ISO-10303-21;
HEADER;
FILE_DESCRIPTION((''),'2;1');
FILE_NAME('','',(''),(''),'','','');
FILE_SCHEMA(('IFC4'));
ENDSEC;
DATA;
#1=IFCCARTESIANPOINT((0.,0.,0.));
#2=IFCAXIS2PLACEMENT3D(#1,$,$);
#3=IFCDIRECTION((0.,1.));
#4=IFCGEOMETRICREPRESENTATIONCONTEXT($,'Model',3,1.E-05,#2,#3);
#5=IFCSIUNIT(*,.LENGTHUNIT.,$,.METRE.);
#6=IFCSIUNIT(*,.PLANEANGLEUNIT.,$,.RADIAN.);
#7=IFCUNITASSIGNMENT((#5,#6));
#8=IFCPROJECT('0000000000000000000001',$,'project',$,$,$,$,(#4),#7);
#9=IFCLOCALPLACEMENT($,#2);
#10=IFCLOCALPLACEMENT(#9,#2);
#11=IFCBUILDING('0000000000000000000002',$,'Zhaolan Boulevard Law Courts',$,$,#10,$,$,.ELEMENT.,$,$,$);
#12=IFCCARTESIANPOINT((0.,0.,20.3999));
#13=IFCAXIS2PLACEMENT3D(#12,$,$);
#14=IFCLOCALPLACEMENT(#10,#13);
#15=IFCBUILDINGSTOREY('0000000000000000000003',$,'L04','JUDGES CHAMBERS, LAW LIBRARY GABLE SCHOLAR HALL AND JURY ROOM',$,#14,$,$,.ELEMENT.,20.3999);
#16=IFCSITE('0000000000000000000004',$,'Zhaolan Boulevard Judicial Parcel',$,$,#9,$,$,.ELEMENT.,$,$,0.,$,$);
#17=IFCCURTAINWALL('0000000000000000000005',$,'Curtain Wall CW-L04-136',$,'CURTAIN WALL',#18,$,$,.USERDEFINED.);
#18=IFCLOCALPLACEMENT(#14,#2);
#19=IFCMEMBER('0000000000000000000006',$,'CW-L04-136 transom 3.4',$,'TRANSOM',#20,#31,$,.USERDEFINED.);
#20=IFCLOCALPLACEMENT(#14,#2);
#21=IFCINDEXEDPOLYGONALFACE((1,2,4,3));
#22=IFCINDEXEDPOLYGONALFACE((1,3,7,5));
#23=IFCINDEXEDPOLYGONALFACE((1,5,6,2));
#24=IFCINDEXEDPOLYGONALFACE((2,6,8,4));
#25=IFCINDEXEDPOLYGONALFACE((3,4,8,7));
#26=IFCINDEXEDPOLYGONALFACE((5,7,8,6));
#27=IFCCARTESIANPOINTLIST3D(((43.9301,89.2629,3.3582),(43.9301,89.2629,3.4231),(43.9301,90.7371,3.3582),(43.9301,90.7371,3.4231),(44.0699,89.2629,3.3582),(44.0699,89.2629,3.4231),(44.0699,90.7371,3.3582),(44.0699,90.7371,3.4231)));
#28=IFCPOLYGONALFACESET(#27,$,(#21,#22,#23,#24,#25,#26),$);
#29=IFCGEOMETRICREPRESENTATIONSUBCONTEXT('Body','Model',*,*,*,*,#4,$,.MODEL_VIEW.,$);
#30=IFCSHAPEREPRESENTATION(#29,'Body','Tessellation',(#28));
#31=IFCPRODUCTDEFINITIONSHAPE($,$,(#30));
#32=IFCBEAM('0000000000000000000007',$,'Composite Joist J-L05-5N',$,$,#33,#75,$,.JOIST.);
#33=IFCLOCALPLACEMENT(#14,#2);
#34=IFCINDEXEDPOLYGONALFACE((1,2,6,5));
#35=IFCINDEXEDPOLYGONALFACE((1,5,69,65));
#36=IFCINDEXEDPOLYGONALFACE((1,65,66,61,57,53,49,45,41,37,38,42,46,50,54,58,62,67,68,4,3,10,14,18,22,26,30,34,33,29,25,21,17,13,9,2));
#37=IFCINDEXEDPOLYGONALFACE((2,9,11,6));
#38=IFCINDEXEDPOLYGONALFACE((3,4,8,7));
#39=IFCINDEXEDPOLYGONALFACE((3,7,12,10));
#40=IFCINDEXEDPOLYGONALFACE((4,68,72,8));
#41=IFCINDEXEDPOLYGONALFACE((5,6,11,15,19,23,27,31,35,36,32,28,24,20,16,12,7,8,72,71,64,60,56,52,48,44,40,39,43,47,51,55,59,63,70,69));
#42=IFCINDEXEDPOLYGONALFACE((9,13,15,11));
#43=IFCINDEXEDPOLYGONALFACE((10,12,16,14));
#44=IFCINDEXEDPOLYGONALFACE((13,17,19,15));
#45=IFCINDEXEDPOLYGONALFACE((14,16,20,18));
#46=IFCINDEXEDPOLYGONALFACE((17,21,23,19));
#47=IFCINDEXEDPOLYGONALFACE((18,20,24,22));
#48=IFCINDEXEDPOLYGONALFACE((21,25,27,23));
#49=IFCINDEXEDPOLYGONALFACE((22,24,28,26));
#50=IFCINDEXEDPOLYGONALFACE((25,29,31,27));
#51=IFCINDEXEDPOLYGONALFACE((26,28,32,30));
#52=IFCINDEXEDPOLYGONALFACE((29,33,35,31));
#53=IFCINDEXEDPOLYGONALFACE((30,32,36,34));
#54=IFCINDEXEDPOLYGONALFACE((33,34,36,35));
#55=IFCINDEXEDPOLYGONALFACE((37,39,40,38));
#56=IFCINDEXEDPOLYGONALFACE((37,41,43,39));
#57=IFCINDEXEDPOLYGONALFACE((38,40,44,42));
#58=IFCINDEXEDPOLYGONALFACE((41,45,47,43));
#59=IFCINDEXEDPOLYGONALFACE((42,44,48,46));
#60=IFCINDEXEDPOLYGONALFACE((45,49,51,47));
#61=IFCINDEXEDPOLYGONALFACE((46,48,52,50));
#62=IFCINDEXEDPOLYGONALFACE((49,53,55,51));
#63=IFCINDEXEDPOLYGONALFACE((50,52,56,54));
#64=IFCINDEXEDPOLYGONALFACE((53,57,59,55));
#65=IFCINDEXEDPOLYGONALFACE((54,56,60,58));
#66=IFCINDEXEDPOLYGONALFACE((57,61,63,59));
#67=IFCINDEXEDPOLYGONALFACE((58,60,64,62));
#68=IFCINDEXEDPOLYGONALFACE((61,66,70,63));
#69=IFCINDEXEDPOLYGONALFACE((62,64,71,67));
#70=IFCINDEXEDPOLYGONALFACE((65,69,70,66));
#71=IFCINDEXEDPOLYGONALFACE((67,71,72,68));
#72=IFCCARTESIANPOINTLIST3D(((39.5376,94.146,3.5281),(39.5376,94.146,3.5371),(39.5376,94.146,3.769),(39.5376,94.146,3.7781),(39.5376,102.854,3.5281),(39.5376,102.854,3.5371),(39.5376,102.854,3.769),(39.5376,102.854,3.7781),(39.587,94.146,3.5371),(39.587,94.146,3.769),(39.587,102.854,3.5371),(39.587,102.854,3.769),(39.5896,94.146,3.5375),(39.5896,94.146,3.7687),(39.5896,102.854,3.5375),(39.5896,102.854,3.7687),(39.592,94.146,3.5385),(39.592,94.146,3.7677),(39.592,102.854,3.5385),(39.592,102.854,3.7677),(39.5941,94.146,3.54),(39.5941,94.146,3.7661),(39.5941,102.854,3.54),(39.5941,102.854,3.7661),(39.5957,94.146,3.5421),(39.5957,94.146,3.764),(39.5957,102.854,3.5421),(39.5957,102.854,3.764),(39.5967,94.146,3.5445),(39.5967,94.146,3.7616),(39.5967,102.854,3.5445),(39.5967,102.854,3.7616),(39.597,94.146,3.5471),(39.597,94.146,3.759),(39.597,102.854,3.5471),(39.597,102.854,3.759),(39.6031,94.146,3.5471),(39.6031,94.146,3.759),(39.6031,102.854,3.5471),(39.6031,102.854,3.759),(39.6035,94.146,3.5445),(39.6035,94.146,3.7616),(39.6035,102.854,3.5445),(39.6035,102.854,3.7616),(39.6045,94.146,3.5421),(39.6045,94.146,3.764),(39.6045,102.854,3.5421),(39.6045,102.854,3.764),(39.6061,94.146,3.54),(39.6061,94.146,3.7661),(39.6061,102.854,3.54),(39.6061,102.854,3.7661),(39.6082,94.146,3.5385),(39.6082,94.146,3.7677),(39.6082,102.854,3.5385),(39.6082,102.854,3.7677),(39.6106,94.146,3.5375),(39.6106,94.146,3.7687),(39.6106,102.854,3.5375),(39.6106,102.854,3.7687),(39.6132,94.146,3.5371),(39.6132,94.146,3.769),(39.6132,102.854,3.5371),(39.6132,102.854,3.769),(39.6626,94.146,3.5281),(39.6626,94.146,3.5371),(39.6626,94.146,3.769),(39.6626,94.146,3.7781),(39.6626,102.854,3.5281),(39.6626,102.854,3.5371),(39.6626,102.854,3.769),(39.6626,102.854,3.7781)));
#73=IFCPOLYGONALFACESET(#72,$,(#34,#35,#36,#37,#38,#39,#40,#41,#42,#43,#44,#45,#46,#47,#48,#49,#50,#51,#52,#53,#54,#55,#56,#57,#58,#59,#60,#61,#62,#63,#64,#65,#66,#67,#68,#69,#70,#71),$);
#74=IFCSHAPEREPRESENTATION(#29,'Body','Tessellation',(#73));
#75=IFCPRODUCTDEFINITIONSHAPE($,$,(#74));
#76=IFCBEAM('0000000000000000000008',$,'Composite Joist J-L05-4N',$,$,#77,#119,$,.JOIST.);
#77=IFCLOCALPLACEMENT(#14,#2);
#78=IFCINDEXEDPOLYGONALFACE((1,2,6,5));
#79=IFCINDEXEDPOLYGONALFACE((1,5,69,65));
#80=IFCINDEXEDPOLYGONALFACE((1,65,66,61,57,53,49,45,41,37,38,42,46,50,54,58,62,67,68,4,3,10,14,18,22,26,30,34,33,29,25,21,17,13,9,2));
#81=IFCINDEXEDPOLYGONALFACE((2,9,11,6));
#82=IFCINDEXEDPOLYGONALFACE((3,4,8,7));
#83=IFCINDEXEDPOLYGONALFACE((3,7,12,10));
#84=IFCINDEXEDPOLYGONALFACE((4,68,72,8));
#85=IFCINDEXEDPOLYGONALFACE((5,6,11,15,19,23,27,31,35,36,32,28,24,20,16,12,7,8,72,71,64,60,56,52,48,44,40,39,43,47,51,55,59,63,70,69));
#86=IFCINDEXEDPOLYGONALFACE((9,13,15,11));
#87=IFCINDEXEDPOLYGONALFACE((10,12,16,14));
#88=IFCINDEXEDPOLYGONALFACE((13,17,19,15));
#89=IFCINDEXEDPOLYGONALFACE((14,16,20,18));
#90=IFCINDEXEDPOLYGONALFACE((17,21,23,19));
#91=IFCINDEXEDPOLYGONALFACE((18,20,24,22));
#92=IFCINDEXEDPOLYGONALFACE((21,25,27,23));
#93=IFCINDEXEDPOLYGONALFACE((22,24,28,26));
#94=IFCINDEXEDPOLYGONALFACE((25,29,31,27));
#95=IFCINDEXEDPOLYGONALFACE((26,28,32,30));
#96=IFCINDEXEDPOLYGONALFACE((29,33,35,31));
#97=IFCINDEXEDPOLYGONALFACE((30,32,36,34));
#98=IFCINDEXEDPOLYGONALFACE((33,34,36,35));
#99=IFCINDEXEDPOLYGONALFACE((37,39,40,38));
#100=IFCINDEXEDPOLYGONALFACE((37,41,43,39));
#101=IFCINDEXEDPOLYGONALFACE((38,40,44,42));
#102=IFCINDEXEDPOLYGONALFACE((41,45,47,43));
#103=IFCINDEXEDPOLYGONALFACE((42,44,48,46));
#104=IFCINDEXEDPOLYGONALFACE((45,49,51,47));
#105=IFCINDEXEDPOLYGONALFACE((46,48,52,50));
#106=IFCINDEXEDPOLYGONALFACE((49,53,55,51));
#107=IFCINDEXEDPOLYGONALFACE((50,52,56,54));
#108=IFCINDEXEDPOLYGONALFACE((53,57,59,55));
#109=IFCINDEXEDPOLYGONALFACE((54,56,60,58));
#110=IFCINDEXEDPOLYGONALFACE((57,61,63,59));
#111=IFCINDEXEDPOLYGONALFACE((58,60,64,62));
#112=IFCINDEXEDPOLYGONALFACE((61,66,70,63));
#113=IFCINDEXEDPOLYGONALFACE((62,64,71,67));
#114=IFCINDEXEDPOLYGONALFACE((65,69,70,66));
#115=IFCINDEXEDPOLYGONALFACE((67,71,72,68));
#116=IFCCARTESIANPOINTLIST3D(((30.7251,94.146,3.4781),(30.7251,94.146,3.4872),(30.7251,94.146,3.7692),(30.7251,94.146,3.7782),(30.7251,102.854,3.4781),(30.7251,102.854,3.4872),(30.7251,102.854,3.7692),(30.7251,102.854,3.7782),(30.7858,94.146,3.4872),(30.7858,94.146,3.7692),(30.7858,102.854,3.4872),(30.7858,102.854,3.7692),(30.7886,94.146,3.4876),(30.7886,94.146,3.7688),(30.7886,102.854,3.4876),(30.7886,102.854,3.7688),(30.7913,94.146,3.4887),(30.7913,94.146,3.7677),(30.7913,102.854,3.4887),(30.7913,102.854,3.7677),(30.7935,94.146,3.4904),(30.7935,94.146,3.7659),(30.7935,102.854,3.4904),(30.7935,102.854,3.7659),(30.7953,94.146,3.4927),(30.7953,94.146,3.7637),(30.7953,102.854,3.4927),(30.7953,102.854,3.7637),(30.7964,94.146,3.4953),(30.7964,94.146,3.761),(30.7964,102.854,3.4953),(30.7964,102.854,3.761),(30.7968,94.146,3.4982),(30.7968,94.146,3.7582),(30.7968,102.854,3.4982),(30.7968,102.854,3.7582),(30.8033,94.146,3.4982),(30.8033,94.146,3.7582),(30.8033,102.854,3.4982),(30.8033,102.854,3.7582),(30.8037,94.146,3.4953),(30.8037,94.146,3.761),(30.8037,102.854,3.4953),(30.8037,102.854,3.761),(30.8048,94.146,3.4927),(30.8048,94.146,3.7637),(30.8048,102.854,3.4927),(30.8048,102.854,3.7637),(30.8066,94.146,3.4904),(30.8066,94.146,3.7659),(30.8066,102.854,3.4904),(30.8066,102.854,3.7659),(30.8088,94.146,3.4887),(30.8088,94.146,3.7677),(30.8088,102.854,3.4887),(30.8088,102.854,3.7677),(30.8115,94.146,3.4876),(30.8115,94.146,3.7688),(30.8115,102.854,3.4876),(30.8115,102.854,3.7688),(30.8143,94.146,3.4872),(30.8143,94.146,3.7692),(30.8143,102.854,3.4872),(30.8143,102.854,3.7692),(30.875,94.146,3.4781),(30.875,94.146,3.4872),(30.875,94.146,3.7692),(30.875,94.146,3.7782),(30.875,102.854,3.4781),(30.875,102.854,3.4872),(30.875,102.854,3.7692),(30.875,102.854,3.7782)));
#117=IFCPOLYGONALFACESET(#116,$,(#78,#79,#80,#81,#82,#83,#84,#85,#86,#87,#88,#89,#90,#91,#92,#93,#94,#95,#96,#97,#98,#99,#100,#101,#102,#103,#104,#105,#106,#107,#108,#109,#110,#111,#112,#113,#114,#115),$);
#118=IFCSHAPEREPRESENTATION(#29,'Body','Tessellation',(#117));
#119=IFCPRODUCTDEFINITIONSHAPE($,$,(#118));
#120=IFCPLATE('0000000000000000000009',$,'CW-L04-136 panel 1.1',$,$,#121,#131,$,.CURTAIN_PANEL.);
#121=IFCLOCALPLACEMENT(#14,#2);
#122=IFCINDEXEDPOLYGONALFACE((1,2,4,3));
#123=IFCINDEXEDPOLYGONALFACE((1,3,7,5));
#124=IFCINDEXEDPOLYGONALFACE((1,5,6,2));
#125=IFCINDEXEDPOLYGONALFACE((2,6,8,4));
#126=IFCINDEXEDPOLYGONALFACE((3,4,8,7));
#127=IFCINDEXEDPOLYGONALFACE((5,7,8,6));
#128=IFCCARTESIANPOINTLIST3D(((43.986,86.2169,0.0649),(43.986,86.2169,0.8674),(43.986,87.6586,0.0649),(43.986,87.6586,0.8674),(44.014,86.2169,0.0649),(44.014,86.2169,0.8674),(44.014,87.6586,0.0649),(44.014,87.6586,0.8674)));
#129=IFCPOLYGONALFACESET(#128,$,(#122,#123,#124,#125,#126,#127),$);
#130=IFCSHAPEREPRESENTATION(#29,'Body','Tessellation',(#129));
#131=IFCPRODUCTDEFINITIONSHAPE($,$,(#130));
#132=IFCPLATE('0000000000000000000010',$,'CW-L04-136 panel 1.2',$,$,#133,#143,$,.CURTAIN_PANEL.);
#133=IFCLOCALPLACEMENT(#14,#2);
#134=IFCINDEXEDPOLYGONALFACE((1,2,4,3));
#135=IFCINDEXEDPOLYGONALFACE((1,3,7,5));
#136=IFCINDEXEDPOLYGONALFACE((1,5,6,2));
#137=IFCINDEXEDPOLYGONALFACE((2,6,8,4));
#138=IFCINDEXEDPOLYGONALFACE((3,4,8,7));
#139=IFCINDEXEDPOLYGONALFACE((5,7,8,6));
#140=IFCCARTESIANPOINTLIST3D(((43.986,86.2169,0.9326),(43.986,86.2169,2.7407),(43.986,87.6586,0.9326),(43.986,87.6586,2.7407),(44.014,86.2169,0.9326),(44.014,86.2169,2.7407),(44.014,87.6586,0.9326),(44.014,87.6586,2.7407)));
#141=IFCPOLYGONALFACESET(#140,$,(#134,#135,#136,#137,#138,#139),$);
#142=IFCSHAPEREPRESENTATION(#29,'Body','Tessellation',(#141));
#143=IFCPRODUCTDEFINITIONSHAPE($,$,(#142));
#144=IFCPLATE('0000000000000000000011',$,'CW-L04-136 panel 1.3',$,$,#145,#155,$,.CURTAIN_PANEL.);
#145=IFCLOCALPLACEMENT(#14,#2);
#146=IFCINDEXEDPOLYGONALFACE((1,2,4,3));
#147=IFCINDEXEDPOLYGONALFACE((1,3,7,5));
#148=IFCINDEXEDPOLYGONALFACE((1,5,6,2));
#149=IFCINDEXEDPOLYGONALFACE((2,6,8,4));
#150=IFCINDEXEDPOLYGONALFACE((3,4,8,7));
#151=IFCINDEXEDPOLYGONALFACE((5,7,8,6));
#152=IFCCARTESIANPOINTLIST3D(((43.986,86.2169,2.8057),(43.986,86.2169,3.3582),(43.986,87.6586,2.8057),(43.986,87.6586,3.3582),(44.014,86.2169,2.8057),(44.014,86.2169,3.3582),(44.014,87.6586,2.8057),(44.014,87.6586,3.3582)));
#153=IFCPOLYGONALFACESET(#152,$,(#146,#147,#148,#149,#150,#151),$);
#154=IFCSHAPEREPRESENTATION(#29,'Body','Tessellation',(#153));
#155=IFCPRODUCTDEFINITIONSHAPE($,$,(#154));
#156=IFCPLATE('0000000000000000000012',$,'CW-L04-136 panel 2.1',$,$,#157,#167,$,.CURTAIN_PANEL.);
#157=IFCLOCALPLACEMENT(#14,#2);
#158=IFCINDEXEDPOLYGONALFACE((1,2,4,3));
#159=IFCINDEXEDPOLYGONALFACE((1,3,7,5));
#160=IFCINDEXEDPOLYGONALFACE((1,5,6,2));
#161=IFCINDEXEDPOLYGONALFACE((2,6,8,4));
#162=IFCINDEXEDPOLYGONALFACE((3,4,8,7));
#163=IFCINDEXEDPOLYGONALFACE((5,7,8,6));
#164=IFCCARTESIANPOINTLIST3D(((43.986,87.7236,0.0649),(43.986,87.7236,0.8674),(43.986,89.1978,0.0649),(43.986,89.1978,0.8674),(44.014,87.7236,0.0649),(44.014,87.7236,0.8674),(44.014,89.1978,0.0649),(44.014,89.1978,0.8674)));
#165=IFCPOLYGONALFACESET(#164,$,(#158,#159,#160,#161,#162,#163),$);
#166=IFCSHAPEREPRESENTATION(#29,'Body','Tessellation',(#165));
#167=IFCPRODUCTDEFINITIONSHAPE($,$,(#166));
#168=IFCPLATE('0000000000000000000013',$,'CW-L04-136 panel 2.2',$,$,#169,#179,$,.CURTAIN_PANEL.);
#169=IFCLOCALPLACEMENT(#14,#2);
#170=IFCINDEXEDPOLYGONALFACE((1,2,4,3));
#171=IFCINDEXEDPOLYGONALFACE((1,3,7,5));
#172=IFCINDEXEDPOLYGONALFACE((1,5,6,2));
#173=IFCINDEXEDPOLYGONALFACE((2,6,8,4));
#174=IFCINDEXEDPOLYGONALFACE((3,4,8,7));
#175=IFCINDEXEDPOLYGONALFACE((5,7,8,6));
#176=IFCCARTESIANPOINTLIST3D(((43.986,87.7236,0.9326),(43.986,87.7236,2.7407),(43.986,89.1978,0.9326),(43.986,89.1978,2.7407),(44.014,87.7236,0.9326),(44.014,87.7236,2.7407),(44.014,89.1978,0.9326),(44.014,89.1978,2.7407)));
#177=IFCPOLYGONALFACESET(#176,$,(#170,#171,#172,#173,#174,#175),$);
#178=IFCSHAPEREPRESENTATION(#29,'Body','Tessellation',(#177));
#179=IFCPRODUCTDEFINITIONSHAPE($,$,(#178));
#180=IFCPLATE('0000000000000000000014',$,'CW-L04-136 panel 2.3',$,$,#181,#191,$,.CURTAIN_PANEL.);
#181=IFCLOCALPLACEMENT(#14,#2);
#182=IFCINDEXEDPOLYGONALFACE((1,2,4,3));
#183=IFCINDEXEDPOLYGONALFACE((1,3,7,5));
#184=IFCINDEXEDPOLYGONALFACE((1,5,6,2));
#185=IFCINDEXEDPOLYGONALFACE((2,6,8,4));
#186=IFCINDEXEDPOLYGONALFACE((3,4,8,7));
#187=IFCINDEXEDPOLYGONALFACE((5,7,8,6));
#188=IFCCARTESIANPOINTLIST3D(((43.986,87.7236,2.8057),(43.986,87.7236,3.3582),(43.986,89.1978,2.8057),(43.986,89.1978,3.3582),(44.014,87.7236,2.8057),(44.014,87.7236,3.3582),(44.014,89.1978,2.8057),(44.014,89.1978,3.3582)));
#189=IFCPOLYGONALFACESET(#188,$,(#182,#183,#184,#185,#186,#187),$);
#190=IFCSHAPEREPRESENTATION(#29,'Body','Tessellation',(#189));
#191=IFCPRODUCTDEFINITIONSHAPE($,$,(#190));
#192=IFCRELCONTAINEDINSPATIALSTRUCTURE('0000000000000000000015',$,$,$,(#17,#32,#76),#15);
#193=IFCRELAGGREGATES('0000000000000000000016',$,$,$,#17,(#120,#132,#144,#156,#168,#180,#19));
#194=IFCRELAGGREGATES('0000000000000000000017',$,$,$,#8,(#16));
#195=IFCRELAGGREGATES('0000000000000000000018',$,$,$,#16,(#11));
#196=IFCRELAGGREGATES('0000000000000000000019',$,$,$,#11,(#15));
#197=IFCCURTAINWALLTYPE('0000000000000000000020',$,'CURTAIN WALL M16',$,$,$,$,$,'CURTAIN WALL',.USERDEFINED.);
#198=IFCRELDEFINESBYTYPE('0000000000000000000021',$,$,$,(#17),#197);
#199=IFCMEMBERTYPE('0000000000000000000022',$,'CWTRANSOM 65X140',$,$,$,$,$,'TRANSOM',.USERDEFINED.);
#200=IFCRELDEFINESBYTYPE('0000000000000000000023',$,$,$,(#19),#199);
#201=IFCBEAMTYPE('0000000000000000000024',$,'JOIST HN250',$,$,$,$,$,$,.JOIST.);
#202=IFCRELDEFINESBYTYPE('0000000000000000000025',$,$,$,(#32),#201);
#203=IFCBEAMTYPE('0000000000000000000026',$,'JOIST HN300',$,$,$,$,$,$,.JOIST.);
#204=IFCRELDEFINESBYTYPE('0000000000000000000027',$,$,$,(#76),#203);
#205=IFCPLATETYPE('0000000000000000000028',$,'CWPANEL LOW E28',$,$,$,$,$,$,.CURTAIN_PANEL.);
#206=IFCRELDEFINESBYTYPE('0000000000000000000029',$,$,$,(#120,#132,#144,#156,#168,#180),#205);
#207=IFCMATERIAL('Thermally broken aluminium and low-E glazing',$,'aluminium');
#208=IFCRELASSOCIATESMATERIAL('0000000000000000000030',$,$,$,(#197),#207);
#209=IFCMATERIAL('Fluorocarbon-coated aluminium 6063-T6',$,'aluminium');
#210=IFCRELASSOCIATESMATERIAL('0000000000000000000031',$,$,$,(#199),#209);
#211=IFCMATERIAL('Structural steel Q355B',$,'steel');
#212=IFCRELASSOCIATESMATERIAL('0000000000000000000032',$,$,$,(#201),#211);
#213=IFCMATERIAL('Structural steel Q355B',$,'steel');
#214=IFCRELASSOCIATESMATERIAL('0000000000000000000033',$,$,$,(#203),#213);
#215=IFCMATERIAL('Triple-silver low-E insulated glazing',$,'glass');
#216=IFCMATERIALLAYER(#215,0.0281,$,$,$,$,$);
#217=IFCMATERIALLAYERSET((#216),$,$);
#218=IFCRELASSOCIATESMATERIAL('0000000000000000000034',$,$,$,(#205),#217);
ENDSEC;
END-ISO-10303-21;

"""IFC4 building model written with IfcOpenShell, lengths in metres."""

from ifc_helpers import new_model, si_unit, direction, frame, origin, origin_2d, place, context, subcontext, project, spatial, rectangle, i_section, extrude, material, layer, layer_set, material_profile, profile_set, type_object, element, aggregate, save


model = new_model("IFC4")

# Units and contexts
model_context = context("Model", 3, precision=1e-05, world=origin(), true_north=direction((0.0, 1.0)))
body_context = subcontext(model_context, "Body", "Model", "MODEL_VIEW")
ifc_project = project(units=[si_unit("LENGTHUNIT", "METRE"), si_unit("PLANEANGLEUNIT", "RADIAN")], contexts=[model_context])

# Site, building, storey
site_placement = place(None, origin())
site = spatial("IfcSite", under=ifc_project, at=site_placement, Name="Zhaolan Boulevard Judicial Parcel", CompositionType="ELEMENT", RefElevation=0.0)
building_placement = place(site_placement, origin())
building = spatial("IfcBuilding", under=site, at=building_placement, Name="Zhaolan Boulevard Law Courts", CompositionType="ELEMENT")
storey_placement = place(building_placement, frame((0.0, 0.0, 20.3999)))
storey = spatial("IfcBuildingStorey", under=building, at=storey_placement, Name="L04", Description="JUDGES CHAMBERS, LAW LIBRARY GABLE SCHOLAR HALL AND JURY ROOM", CompositionType="ELEMENT", Elevation=20.3999)

# Curtain wall, member
ifc_material_1 = material(Name="Thermally broken aluminium and low-E glazing", Category="aluminium")
curtain_wall_type = type_object("IfcCurtainWallType", Name="CURTAIN WALL M16", ElementType="CURTAIN WALL", PredefinedType="USERDEFINED", material=ifc_material_1)
curtain_wall_placement = place(storey_placement, origin())
curtain_wall = element("IfcCurtainWall", 1, at=curtain_wall_placement, inside=storey, type_object=curtain_wall_type, Name="Curtain Wall CW-L04-136", ObjectType="CURTAIN WALL", PredefinedType="USERDEFINED")
ifc_material_2 = material(Name="Fluorocarbon-coated aluminium 6063-T6", Category="aluminium")
ifc_material_profile_1 = material_profile(ifc_material_2, rectangle(XDim=0.1399, YDim=0.0649, at=origin_2d()), Name="AL65x140")
ifc_profile_set_1 = profile_set([ifc_material_profile_1], Name="Fluorocarbon-coated aluminium 6063-T6")
member_type_1 = type_object("IfcMemberType", Name="CWTRANSOM 65X140", ElementType="TRANSOM", PredefinedType="USERDEFINED", material=ifc_profile_set_1)
member_1_placement = place(storey_placement, frame((44.0, 89.2629, 3.3906), z_axis=(0.0, 1.0, 0.0), x_axis=(-1.0, 0.0, 0.0)))
member_1 = element("IfcMember", 2, at=member_1_placement, type_object=member_type_1, Name="CW-L04-136 transom 3.4", ObjectType="TRANSOM", PredefinedType="USERDEFINED", context=body_context, shape_type="SweptSolid", body=[
    extrude(rectangle(XDim=0.1399, YDim=0.0649, at=origin_2d()), origin(), (0.0, 0.0, 1.0), 1.4741),
])

# Beams
ifc_material_3 = material(Name="Structural steel Q355B", Category="steel")
ifc_material_profile_2 = material_profile(ifc_material_3, i_section(OverallWidth=0.125, OverallDepth=0.25, WebThickness=0.0061, FlangeThickness=0.009, FilletRadius=0.01, at=origin_2d()), Name="HN250x125")
ifc_profile_set_2 = profile_set([ifc_material_profile_2], Name="Structural steel Q355B")
beam_type_1 = type_object("IfcBeamType", Name="JOIST HN250", PredefinedType="JOIST", material=ifc_profile_set_2)
beam_1_placement = place(storey_placement, frame((39.6001, 94.146, 3.6531), z_axis=(0.0, 1.0, 0.0), x_axis=(-1.0, 0.0, 0.0)))
element("IfcBeam", 3, at=beam_1_placement, inside=storey, type_object=beam_type_1, Name="Composite Joist J-L05-5N", PredefinedType="JOIST", context=body_context, shape_type="SweptSolid", body=[
    extrude(i_section(OverallWidth=0.125, OverallDepth=0.25, WebThickness=0.0061, FlangeThickness=0.009, FilletRadius=0.01, at=origin_2d()), origin(), (0.0, 0.0, 1.0), 8.708),
])
ifc_material_4 = material(Name="Structural steel Q355B", Category="steel")
ifc_material_profile_3 = material_profile(ifc_material_4, i_section(OverallWidth=0.1499, OverallDepth=0.3, WebThickness=0.0066, FlangeThickness=0.009, FilletRadius=0.011, at=origin_2d()), Name="HN300x150")
ifc_profile_set_3 = profile_set([ifc_material_profile_3], Name="Structural steel Q355B")
beam_type_2 = type_object("IfcBeamType", Name="JOIST HN300", PredefinedType="JOIST", material=ifc_profile_set_3)
beam_2_placement = place(storey_placement, frame((30.8, 94.146, 3.6282), z_axis=(0.0, 1.0, 0.0), x_axis=(-1.0, 0.0, 0.0)))
element("IfcBeam", 4, at=beam_2_placement, inside=storey, type_object=beam_type_2, Name="Composite Joist J-L05-4N", PredefinedType="JOIST", context=body_context, shape_type="SweptSolid", body=[
    extrude(i_section(OverallWidth=0.1499, OverallDepth=0.3, WebThickness=0.0066, FlangeThickness=0.009, FilletRadius=0.011, at=origin_2d()), origin(), (0.0, 0.0, 1.0), 8.708),
])

# Plates
ifc_material_5 = material(Name="Triple-silver low-E insulated glazing", Category="glass")
ifc_layer_1 = layer(ifc_material_5, 0.0281)
ifc_layer_set_1 = layer_set([ifc_layer_1])
plate_type = type_object("IfcPlateType", Name="CWPANEL LOW E28", PredefinedType="CURTAIN_PANEL", material=ifc_layer_set_1)
plate_1_placement = place(storey_placement, frame((44.0, 86.9377, 0.0649), z_axis=(0.0, 0.0, 1.0), x_axis=(0.0, 1.0, 0.0)))
plate_1 = element("IfcPlate", 5, at=plate_1_placement, type_object=plate_type, Name="CW-L04-136 panel 1.1", PredefinedType="CURTAIN_PANEL", context=body_context, shape_type="SweptSolid", body=[
    extrude(rectangle(XDim=1.4417, YDim=0.0281, at=origin_2d()), origin(), (0.0, 0.0, 1.0), 0.8025),
])
plate_2_placement = place(storey_placement, frame((44.0, 86.9377, 0.9326), z_axis=(0.0, 0.0, 1.0), x_axis=(0.0, 1.0, 0.0)))
plate_2 = element("IfcPlate", 6, at=plate_2_placement, type_object=plate_type, Name="CW-L04-136 panel 1.2", PredefinedType="CURTAIN_PANEL", context=body_context, shape_type="SweptSolid", body=[
    extrude(rectangle(XDim=1.4417, YDim=0.0281, at=origin_2d()), origin(), (0.0, 0.0, 1.0), 1.8081),
])
plate_3_placement = place(storey_placement, frame((44.0, 86.9377, 2.8057), z_axis=(0.0, 0.0, 1.0), x_axis=(0.0, 1.0, 0.0)))
plate_3 = element("IfcPlate", 7, at=plate_3_placement, type_object=plate_type, Name="CW-L04-136 panel 1.3", PredefinedType="CURTAIN_PANEL", context=body_context, shape_type="SweptSolid", body=[
    extrude(rectangle(XDim=1.4417, YDim=0.0281, at=origin_2d()), origin(), (0.0, 0.0, 1.0), 0.5525),
])
plate_4_placement = place(storey_placement, frame((44.0, 88.4607, 0.0649), z_axis=(0.0, 0.0, 1.0), x_axis=(0.0, 1.0, 0.0)))
plate_4 = element("IfcPlate", 8, at=plate_4_placement, type_object=plate_type, Name="CW-L04-136 panel 2.1", PredefinedType="CURTAIN_PANEL", context=body_context, shape_type="SweptSolid", body=[
    extrude(rectangle(XDim=1.4741, YDim=0.0281, at=origin_2d()), origin(), (0.0, 0.0, 1.0), 0.8025),
])
plate_5_placement = place(storey_placement, frame((44.0, 88.4607, 0.9326), z_axis=(0.0, 0.0, 1.0), x_axis=(0.0, 1.0, 0.0)))
plate_5 = element("IfcPlate", 9, at=plate_5_placement, type_object=plate_type, Name="CW-L04-136 panel 2.2", PredefinedType="CURTAIN_PANEL", context=body_context, shape_type="SweptSolid", body=[
    extrude(rectangle(XDim=1.4741, YDim=0.0281, at=origin_2d()), origin(), (0.0, 0.0, 1.0), 1.8081),
])
plate_6_placement = place(storey_placement, frame((44.0, 88.4607, 2.8057), z_axis=(0.0, 0.0, 1.0), x_axis=(0.0, 1.0, 0.0)))
plate_6 = element("IfcPlate", 10, at=plate_6_placement, type_object=plate_type, Name="CW-L04-136 panel 2.3", PredefinedType="CURTAIN_PANEL", context=body_context, shape_type="SweptSolid", body=[
    extrude(rectangle(XDim=1.4741, YDim=0.0281, at=origin_2d()), origin(), (0.0, 0.0, 1.0), 0.5525),
])
aggregate(curtain_wall, [plate_1, plate_2, plate_3, plate_4, plate_5, plate_6, member_1])

save(model, "model.ifc")
